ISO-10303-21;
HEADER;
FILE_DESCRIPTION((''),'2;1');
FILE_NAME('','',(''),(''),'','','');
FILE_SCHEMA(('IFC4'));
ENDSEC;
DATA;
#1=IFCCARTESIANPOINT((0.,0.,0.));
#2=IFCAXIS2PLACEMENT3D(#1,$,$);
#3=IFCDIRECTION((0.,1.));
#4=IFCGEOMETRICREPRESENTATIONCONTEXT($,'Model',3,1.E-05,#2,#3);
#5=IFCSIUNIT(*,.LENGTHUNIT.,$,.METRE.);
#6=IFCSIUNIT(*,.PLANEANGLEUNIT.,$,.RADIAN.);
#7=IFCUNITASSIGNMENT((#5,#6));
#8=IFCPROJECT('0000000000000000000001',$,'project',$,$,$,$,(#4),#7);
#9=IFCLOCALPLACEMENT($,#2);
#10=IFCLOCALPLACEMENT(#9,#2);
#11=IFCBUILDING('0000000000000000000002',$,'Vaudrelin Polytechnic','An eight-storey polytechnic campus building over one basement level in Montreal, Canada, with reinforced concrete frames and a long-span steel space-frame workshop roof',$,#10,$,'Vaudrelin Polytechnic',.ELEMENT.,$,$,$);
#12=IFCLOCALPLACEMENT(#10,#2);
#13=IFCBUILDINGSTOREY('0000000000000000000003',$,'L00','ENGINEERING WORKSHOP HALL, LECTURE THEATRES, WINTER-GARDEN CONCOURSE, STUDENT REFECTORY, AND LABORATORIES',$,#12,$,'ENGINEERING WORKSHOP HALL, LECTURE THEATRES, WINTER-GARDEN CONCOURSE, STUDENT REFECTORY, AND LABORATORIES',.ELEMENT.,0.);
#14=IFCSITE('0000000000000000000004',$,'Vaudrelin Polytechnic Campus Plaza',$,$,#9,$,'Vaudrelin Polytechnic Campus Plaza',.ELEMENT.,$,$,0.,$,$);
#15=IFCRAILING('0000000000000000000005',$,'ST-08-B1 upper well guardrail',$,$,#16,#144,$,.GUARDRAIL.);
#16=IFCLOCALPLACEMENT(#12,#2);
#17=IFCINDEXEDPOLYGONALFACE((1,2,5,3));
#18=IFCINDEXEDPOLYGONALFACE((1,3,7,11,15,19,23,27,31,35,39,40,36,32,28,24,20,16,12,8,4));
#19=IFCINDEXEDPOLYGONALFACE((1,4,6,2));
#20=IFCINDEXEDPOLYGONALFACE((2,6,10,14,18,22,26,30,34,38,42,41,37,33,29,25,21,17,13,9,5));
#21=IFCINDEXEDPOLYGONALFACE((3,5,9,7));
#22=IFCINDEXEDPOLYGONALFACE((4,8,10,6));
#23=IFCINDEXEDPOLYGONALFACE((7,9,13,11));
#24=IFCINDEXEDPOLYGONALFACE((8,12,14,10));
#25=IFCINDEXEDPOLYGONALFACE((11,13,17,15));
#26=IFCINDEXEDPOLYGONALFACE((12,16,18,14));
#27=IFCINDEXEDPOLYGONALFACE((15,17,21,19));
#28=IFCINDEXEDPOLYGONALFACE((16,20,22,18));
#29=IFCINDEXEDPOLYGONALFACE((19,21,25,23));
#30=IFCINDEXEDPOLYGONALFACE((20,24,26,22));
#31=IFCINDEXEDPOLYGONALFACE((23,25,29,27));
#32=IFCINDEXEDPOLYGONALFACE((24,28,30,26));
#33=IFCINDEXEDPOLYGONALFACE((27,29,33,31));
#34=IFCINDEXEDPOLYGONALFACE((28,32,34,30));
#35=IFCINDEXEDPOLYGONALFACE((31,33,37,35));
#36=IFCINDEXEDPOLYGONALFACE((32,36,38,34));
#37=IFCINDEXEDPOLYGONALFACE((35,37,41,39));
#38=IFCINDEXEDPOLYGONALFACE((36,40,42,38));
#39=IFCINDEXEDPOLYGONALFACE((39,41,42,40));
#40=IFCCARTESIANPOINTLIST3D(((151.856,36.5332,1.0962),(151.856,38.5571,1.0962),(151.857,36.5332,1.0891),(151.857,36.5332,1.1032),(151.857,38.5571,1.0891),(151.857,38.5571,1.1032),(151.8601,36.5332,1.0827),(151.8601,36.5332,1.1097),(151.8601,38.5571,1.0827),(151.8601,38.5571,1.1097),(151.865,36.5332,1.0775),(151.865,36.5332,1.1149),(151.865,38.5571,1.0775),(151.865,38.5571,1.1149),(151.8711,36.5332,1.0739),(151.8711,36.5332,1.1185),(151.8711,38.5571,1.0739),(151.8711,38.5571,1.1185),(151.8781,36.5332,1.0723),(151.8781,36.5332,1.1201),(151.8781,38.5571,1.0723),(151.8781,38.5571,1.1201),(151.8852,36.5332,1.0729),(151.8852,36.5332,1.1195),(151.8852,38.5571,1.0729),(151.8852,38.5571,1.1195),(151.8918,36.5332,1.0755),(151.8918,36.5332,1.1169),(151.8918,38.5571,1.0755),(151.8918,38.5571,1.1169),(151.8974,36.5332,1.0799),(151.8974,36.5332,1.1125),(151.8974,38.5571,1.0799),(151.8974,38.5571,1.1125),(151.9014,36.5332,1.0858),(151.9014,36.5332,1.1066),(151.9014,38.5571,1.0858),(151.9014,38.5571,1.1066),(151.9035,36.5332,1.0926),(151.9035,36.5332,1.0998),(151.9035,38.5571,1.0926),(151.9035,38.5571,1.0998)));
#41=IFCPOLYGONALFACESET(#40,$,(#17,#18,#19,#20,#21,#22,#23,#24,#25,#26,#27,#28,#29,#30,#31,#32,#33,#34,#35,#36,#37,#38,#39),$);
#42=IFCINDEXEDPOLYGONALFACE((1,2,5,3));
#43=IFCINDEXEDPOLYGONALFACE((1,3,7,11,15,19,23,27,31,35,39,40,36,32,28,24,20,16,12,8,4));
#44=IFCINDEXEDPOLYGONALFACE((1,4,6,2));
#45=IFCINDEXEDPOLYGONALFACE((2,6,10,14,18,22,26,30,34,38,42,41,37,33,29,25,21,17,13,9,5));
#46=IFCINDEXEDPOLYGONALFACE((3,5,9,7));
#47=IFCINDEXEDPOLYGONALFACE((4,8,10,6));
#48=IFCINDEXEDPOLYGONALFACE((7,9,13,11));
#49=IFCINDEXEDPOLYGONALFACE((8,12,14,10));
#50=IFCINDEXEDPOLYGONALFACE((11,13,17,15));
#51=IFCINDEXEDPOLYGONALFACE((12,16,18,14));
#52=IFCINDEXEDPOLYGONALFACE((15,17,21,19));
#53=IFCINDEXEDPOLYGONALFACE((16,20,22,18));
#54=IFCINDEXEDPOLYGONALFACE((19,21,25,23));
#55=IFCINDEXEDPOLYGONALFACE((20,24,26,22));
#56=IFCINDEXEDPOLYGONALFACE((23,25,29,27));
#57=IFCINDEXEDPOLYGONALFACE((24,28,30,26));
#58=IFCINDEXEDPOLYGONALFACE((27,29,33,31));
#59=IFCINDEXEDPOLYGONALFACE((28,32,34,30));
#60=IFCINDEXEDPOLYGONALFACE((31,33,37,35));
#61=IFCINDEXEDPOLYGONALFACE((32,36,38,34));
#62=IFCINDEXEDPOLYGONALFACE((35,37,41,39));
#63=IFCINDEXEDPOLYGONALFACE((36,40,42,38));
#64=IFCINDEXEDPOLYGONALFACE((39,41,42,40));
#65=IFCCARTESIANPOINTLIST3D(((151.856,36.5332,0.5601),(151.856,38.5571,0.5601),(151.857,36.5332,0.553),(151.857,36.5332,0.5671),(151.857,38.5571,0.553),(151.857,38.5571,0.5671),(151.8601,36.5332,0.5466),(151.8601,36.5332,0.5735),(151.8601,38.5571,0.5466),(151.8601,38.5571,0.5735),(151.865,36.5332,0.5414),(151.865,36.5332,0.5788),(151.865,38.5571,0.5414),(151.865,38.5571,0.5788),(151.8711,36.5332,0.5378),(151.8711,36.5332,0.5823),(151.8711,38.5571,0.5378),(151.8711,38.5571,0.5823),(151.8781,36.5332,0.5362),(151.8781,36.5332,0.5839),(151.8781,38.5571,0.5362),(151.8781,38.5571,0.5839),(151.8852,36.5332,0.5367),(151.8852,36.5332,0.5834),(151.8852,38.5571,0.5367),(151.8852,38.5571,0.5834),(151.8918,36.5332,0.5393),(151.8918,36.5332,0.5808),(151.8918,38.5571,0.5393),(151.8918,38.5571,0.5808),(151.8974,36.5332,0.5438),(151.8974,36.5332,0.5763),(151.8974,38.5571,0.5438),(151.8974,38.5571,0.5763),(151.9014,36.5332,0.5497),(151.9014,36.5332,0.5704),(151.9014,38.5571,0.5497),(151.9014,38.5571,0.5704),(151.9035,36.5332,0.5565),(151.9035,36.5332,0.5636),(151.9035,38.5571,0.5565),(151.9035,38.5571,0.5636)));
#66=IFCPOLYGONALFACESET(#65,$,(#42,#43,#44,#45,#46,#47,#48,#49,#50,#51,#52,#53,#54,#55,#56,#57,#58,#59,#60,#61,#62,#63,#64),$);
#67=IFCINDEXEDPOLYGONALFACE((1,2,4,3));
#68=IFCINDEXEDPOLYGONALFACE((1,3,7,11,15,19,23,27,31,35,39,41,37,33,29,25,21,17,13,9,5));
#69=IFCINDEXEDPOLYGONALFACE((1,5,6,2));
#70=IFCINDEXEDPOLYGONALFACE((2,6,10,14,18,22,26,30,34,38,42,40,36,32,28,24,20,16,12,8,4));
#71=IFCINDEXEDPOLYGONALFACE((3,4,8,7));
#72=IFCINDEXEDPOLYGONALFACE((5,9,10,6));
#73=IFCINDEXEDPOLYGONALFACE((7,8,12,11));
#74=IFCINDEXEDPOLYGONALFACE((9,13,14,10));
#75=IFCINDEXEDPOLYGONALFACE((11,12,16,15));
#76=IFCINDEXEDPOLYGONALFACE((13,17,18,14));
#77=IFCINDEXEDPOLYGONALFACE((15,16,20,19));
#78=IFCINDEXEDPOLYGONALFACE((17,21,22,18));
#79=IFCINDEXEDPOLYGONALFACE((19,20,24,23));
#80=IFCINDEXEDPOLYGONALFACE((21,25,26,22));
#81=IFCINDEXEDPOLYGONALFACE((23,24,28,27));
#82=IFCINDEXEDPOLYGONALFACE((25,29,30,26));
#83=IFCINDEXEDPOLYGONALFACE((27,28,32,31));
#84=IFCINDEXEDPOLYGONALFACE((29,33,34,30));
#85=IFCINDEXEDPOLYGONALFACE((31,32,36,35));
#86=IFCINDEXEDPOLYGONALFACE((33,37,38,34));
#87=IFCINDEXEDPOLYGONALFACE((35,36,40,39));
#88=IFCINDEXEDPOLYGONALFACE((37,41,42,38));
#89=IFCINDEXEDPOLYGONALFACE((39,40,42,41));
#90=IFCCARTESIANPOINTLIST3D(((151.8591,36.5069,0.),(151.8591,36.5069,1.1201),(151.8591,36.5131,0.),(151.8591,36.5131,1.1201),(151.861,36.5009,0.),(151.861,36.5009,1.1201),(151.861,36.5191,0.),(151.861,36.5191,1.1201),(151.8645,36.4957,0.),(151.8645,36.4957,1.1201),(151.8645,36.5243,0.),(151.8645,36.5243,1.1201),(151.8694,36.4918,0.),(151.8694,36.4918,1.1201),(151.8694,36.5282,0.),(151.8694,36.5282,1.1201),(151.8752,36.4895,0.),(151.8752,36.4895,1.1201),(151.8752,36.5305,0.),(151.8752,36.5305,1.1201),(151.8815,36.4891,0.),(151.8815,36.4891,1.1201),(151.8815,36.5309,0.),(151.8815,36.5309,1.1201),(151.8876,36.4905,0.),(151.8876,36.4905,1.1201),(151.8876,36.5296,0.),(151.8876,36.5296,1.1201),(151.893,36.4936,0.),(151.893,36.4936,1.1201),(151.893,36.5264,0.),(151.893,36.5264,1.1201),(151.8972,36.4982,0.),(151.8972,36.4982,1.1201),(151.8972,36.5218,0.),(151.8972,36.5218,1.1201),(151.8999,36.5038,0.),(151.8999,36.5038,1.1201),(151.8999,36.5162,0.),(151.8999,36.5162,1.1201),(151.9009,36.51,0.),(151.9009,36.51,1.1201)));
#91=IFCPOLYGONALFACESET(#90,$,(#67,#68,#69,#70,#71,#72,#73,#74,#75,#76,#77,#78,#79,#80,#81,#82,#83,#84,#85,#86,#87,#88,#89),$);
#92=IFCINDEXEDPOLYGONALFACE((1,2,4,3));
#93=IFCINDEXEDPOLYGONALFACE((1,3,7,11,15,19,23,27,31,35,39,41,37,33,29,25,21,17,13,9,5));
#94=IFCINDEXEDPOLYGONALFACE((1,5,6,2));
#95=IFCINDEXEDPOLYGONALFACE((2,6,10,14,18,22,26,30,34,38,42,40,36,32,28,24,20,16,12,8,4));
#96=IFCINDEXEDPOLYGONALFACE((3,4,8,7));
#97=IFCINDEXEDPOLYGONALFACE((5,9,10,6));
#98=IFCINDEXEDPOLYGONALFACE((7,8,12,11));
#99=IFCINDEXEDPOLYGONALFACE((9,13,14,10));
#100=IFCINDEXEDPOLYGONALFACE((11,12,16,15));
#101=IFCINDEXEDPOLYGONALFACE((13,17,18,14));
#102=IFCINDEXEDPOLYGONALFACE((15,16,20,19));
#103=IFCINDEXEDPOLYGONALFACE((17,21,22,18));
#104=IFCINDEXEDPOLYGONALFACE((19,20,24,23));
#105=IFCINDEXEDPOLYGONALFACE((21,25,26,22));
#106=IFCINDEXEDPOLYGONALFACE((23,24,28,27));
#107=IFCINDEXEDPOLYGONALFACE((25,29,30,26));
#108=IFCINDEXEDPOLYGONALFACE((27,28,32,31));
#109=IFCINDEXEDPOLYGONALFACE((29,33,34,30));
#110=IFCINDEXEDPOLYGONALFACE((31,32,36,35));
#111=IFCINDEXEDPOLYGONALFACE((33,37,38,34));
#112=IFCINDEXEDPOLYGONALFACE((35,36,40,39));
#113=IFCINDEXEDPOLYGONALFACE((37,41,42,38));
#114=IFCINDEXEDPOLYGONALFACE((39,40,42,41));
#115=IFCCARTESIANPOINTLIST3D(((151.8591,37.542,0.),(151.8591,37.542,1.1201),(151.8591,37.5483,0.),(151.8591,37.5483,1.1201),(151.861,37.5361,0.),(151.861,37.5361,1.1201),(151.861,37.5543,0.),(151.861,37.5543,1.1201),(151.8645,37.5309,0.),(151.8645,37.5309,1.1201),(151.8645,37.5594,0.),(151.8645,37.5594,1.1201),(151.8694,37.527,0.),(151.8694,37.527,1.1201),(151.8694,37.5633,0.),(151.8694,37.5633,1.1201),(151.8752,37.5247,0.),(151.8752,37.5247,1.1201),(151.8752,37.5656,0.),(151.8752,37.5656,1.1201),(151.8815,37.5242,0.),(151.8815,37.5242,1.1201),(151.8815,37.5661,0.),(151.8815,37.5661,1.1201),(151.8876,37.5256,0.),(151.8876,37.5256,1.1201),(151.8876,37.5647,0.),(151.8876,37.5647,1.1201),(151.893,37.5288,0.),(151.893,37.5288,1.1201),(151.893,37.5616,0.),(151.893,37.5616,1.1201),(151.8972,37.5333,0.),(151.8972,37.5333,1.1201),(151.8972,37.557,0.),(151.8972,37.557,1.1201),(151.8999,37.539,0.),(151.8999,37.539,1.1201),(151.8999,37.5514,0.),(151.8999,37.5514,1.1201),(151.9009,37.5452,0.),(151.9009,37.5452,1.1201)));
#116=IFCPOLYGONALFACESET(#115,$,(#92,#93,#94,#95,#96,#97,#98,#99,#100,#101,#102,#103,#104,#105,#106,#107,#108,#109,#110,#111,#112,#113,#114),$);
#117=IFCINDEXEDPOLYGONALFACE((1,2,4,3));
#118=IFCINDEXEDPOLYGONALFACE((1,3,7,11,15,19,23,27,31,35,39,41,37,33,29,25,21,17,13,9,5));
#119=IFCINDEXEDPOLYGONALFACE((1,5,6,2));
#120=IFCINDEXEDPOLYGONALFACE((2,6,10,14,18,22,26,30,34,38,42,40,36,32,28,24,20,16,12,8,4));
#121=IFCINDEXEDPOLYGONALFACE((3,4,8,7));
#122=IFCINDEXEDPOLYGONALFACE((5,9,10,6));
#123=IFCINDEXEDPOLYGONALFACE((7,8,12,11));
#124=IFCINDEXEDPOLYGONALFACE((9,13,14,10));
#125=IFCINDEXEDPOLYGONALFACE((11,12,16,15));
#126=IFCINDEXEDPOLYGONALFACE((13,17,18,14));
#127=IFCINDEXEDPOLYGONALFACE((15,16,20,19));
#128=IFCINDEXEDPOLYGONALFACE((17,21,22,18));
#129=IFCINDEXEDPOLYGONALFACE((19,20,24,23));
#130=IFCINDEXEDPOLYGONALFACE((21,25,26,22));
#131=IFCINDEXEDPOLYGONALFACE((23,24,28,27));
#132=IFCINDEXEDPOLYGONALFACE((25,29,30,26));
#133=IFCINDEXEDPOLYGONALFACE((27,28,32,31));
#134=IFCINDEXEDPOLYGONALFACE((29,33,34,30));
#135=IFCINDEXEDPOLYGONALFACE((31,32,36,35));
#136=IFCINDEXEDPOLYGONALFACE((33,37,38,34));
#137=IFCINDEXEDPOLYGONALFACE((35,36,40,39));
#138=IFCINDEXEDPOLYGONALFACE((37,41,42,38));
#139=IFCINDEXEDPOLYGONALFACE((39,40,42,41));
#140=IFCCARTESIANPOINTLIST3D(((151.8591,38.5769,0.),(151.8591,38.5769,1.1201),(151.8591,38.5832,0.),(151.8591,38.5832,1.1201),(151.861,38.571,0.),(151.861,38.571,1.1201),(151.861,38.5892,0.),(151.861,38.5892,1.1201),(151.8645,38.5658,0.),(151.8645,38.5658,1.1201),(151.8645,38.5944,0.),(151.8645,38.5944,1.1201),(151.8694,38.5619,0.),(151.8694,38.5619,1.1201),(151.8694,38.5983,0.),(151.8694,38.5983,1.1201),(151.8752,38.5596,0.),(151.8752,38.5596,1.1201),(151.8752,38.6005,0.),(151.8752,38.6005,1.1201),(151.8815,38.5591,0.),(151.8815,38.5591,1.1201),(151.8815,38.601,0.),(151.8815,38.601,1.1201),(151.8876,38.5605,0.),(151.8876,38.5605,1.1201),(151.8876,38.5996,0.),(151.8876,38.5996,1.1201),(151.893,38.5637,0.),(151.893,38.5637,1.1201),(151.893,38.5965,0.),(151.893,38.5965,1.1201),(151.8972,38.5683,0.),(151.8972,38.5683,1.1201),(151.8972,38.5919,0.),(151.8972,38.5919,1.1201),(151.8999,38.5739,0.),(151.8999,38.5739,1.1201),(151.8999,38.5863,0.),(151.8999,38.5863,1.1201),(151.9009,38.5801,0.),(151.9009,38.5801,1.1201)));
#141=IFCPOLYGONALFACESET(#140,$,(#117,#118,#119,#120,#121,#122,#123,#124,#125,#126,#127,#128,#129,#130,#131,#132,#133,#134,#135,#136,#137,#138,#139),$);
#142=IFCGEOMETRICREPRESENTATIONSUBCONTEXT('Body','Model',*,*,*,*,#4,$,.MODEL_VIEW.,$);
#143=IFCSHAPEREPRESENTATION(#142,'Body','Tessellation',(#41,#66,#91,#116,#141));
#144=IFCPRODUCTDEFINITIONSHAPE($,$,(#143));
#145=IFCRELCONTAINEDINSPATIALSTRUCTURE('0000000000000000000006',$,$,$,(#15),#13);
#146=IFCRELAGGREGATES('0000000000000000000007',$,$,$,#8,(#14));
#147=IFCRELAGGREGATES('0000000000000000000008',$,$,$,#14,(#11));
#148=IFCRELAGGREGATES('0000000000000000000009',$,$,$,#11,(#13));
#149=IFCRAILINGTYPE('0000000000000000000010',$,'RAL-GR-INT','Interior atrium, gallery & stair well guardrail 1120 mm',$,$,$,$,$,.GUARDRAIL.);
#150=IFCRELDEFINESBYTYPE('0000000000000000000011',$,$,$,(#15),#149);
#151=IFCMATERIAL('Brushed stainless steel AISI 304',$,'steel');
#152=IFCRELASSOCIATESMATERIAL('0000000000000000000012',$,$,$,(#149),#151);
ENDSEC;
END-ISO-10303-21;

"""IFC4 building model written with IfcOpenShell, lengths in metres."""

from ifc_helpers import new_model, si_unit, direction, frame, origin, origin_2d, place, context, subcontext, project, spatial, circle, extrude, material, type_object, element, save


model = new_model("IFC4")

# Units and contexts
model_context = context("Model", 3, precision=1e-05, world=origin(), true_north=direction((0.0, 1.0)))
body_context = subcontext(model_context, "Body", "Model", "MODEL_VIEW")
ifc_project = project(units=[si_unit("LENGTHUNIT", "METRE"), si_unit("PLANEANGLEUNIT", "RADIAN")], contexts=[model_context])

# Site, building, storey
site_placement = place(None, origin())
site = spatial("IfcSite", under=ifc_project, at=site_placement, Name="Vaudrelin Polytechnic Campus Plaza", LongName="Vaudrelin Polytechnic Campus Plaza", CompositionType="ELEMENT", RefElevation=0.0)
building_placement = place(site_placement, origin())
building = spatial("IfcBuilding", under=site, at=building_placement, Name="Vaudrelin Polytechnic", Description="An eight-storey polytechnic campus building over one basement level in Montreal, Canada, with reinforced concrete frames and a long-span steel space-frame workshop roof", LongName="Vaudrelin Polytechnic", CompositionType="ELEMENT")
storey_placement = place(building_placement, origin())
storey = spatial("IfcBuildingStorey", under=building, at=storey_placement, Name="L00", Description="ENGINEERING WORKSHOP HALL, LECTURE THEATRES, WINTER-GARDEN CONCOURSE, STUDENT REFECTORY, AND LABORATORIES", LongName="ENGINEERING WORKSHOP HALL, LECTURE THEATRES, WINTER-GARDEN CONCOURSE, STUDENT REFECTORY, AND LABORATORIES", CompositionType="ELEMENT", Elevation=0.0)

# Railing
ifc_material_1 = material(Name="Brushed stainless steel AISI 304", Category="steel")
railing_type_1 = type_object("IfcRailingType", Name="RAL-GR-INT", Description="Interior atrium, gallery & stair well guardrail 1120 mm", PredefinedType="GUARDRAIL", material=ifc_material_1)
railing_1_placement = place(storey_placement, frame((151.8799, 36.51, 0.0)))
element("IfcRailing", 1, at=railing_1_placement, inside=storey, type_object=railing_type_1, Name="ST-08-B1 upper well guardrail", PredefinedType="GUARDRAIL", context=body_context, shape_type="SweptSolid", body=[
    extrude(circle(Radius=0.0239, at=origin_2d()), frame((0.0, 0.0232, 1.0962), z_axis=(0.0, 1.0, 0.0), x_axis=(-1.0, 0.0, 0.0)), (0.0, 0.0, 1.0), 2.0239),
    extrude(circle(Radius=0.0239, at=origin_2d()), frame((0.0, 0.0232, 0.5601), z_axis=(0.0, 1.0, 0.0), x_axis=(-1.0, 0.0, 0.0)), (0.0, 0.0, 1.0), 2.0239),
    extrude(circle(Radius=0.021, at=origin_2d()), origin(), (0.0, 0.0, 1.0), 1.1201),
    extrude(circle(Radius=0.021, at=origin_2d()), frame((0.0, 1.0352, 0.0)), (0.0, 0.0, 1.0), 1.1201),
    extrude(circle(Radius=0.021, at=origin_2d()), frame((0.0, 2.0701, 0.0)), (0.0, 0.0, 1.0), 1.1201),
])

save(model, "model.ifc")
